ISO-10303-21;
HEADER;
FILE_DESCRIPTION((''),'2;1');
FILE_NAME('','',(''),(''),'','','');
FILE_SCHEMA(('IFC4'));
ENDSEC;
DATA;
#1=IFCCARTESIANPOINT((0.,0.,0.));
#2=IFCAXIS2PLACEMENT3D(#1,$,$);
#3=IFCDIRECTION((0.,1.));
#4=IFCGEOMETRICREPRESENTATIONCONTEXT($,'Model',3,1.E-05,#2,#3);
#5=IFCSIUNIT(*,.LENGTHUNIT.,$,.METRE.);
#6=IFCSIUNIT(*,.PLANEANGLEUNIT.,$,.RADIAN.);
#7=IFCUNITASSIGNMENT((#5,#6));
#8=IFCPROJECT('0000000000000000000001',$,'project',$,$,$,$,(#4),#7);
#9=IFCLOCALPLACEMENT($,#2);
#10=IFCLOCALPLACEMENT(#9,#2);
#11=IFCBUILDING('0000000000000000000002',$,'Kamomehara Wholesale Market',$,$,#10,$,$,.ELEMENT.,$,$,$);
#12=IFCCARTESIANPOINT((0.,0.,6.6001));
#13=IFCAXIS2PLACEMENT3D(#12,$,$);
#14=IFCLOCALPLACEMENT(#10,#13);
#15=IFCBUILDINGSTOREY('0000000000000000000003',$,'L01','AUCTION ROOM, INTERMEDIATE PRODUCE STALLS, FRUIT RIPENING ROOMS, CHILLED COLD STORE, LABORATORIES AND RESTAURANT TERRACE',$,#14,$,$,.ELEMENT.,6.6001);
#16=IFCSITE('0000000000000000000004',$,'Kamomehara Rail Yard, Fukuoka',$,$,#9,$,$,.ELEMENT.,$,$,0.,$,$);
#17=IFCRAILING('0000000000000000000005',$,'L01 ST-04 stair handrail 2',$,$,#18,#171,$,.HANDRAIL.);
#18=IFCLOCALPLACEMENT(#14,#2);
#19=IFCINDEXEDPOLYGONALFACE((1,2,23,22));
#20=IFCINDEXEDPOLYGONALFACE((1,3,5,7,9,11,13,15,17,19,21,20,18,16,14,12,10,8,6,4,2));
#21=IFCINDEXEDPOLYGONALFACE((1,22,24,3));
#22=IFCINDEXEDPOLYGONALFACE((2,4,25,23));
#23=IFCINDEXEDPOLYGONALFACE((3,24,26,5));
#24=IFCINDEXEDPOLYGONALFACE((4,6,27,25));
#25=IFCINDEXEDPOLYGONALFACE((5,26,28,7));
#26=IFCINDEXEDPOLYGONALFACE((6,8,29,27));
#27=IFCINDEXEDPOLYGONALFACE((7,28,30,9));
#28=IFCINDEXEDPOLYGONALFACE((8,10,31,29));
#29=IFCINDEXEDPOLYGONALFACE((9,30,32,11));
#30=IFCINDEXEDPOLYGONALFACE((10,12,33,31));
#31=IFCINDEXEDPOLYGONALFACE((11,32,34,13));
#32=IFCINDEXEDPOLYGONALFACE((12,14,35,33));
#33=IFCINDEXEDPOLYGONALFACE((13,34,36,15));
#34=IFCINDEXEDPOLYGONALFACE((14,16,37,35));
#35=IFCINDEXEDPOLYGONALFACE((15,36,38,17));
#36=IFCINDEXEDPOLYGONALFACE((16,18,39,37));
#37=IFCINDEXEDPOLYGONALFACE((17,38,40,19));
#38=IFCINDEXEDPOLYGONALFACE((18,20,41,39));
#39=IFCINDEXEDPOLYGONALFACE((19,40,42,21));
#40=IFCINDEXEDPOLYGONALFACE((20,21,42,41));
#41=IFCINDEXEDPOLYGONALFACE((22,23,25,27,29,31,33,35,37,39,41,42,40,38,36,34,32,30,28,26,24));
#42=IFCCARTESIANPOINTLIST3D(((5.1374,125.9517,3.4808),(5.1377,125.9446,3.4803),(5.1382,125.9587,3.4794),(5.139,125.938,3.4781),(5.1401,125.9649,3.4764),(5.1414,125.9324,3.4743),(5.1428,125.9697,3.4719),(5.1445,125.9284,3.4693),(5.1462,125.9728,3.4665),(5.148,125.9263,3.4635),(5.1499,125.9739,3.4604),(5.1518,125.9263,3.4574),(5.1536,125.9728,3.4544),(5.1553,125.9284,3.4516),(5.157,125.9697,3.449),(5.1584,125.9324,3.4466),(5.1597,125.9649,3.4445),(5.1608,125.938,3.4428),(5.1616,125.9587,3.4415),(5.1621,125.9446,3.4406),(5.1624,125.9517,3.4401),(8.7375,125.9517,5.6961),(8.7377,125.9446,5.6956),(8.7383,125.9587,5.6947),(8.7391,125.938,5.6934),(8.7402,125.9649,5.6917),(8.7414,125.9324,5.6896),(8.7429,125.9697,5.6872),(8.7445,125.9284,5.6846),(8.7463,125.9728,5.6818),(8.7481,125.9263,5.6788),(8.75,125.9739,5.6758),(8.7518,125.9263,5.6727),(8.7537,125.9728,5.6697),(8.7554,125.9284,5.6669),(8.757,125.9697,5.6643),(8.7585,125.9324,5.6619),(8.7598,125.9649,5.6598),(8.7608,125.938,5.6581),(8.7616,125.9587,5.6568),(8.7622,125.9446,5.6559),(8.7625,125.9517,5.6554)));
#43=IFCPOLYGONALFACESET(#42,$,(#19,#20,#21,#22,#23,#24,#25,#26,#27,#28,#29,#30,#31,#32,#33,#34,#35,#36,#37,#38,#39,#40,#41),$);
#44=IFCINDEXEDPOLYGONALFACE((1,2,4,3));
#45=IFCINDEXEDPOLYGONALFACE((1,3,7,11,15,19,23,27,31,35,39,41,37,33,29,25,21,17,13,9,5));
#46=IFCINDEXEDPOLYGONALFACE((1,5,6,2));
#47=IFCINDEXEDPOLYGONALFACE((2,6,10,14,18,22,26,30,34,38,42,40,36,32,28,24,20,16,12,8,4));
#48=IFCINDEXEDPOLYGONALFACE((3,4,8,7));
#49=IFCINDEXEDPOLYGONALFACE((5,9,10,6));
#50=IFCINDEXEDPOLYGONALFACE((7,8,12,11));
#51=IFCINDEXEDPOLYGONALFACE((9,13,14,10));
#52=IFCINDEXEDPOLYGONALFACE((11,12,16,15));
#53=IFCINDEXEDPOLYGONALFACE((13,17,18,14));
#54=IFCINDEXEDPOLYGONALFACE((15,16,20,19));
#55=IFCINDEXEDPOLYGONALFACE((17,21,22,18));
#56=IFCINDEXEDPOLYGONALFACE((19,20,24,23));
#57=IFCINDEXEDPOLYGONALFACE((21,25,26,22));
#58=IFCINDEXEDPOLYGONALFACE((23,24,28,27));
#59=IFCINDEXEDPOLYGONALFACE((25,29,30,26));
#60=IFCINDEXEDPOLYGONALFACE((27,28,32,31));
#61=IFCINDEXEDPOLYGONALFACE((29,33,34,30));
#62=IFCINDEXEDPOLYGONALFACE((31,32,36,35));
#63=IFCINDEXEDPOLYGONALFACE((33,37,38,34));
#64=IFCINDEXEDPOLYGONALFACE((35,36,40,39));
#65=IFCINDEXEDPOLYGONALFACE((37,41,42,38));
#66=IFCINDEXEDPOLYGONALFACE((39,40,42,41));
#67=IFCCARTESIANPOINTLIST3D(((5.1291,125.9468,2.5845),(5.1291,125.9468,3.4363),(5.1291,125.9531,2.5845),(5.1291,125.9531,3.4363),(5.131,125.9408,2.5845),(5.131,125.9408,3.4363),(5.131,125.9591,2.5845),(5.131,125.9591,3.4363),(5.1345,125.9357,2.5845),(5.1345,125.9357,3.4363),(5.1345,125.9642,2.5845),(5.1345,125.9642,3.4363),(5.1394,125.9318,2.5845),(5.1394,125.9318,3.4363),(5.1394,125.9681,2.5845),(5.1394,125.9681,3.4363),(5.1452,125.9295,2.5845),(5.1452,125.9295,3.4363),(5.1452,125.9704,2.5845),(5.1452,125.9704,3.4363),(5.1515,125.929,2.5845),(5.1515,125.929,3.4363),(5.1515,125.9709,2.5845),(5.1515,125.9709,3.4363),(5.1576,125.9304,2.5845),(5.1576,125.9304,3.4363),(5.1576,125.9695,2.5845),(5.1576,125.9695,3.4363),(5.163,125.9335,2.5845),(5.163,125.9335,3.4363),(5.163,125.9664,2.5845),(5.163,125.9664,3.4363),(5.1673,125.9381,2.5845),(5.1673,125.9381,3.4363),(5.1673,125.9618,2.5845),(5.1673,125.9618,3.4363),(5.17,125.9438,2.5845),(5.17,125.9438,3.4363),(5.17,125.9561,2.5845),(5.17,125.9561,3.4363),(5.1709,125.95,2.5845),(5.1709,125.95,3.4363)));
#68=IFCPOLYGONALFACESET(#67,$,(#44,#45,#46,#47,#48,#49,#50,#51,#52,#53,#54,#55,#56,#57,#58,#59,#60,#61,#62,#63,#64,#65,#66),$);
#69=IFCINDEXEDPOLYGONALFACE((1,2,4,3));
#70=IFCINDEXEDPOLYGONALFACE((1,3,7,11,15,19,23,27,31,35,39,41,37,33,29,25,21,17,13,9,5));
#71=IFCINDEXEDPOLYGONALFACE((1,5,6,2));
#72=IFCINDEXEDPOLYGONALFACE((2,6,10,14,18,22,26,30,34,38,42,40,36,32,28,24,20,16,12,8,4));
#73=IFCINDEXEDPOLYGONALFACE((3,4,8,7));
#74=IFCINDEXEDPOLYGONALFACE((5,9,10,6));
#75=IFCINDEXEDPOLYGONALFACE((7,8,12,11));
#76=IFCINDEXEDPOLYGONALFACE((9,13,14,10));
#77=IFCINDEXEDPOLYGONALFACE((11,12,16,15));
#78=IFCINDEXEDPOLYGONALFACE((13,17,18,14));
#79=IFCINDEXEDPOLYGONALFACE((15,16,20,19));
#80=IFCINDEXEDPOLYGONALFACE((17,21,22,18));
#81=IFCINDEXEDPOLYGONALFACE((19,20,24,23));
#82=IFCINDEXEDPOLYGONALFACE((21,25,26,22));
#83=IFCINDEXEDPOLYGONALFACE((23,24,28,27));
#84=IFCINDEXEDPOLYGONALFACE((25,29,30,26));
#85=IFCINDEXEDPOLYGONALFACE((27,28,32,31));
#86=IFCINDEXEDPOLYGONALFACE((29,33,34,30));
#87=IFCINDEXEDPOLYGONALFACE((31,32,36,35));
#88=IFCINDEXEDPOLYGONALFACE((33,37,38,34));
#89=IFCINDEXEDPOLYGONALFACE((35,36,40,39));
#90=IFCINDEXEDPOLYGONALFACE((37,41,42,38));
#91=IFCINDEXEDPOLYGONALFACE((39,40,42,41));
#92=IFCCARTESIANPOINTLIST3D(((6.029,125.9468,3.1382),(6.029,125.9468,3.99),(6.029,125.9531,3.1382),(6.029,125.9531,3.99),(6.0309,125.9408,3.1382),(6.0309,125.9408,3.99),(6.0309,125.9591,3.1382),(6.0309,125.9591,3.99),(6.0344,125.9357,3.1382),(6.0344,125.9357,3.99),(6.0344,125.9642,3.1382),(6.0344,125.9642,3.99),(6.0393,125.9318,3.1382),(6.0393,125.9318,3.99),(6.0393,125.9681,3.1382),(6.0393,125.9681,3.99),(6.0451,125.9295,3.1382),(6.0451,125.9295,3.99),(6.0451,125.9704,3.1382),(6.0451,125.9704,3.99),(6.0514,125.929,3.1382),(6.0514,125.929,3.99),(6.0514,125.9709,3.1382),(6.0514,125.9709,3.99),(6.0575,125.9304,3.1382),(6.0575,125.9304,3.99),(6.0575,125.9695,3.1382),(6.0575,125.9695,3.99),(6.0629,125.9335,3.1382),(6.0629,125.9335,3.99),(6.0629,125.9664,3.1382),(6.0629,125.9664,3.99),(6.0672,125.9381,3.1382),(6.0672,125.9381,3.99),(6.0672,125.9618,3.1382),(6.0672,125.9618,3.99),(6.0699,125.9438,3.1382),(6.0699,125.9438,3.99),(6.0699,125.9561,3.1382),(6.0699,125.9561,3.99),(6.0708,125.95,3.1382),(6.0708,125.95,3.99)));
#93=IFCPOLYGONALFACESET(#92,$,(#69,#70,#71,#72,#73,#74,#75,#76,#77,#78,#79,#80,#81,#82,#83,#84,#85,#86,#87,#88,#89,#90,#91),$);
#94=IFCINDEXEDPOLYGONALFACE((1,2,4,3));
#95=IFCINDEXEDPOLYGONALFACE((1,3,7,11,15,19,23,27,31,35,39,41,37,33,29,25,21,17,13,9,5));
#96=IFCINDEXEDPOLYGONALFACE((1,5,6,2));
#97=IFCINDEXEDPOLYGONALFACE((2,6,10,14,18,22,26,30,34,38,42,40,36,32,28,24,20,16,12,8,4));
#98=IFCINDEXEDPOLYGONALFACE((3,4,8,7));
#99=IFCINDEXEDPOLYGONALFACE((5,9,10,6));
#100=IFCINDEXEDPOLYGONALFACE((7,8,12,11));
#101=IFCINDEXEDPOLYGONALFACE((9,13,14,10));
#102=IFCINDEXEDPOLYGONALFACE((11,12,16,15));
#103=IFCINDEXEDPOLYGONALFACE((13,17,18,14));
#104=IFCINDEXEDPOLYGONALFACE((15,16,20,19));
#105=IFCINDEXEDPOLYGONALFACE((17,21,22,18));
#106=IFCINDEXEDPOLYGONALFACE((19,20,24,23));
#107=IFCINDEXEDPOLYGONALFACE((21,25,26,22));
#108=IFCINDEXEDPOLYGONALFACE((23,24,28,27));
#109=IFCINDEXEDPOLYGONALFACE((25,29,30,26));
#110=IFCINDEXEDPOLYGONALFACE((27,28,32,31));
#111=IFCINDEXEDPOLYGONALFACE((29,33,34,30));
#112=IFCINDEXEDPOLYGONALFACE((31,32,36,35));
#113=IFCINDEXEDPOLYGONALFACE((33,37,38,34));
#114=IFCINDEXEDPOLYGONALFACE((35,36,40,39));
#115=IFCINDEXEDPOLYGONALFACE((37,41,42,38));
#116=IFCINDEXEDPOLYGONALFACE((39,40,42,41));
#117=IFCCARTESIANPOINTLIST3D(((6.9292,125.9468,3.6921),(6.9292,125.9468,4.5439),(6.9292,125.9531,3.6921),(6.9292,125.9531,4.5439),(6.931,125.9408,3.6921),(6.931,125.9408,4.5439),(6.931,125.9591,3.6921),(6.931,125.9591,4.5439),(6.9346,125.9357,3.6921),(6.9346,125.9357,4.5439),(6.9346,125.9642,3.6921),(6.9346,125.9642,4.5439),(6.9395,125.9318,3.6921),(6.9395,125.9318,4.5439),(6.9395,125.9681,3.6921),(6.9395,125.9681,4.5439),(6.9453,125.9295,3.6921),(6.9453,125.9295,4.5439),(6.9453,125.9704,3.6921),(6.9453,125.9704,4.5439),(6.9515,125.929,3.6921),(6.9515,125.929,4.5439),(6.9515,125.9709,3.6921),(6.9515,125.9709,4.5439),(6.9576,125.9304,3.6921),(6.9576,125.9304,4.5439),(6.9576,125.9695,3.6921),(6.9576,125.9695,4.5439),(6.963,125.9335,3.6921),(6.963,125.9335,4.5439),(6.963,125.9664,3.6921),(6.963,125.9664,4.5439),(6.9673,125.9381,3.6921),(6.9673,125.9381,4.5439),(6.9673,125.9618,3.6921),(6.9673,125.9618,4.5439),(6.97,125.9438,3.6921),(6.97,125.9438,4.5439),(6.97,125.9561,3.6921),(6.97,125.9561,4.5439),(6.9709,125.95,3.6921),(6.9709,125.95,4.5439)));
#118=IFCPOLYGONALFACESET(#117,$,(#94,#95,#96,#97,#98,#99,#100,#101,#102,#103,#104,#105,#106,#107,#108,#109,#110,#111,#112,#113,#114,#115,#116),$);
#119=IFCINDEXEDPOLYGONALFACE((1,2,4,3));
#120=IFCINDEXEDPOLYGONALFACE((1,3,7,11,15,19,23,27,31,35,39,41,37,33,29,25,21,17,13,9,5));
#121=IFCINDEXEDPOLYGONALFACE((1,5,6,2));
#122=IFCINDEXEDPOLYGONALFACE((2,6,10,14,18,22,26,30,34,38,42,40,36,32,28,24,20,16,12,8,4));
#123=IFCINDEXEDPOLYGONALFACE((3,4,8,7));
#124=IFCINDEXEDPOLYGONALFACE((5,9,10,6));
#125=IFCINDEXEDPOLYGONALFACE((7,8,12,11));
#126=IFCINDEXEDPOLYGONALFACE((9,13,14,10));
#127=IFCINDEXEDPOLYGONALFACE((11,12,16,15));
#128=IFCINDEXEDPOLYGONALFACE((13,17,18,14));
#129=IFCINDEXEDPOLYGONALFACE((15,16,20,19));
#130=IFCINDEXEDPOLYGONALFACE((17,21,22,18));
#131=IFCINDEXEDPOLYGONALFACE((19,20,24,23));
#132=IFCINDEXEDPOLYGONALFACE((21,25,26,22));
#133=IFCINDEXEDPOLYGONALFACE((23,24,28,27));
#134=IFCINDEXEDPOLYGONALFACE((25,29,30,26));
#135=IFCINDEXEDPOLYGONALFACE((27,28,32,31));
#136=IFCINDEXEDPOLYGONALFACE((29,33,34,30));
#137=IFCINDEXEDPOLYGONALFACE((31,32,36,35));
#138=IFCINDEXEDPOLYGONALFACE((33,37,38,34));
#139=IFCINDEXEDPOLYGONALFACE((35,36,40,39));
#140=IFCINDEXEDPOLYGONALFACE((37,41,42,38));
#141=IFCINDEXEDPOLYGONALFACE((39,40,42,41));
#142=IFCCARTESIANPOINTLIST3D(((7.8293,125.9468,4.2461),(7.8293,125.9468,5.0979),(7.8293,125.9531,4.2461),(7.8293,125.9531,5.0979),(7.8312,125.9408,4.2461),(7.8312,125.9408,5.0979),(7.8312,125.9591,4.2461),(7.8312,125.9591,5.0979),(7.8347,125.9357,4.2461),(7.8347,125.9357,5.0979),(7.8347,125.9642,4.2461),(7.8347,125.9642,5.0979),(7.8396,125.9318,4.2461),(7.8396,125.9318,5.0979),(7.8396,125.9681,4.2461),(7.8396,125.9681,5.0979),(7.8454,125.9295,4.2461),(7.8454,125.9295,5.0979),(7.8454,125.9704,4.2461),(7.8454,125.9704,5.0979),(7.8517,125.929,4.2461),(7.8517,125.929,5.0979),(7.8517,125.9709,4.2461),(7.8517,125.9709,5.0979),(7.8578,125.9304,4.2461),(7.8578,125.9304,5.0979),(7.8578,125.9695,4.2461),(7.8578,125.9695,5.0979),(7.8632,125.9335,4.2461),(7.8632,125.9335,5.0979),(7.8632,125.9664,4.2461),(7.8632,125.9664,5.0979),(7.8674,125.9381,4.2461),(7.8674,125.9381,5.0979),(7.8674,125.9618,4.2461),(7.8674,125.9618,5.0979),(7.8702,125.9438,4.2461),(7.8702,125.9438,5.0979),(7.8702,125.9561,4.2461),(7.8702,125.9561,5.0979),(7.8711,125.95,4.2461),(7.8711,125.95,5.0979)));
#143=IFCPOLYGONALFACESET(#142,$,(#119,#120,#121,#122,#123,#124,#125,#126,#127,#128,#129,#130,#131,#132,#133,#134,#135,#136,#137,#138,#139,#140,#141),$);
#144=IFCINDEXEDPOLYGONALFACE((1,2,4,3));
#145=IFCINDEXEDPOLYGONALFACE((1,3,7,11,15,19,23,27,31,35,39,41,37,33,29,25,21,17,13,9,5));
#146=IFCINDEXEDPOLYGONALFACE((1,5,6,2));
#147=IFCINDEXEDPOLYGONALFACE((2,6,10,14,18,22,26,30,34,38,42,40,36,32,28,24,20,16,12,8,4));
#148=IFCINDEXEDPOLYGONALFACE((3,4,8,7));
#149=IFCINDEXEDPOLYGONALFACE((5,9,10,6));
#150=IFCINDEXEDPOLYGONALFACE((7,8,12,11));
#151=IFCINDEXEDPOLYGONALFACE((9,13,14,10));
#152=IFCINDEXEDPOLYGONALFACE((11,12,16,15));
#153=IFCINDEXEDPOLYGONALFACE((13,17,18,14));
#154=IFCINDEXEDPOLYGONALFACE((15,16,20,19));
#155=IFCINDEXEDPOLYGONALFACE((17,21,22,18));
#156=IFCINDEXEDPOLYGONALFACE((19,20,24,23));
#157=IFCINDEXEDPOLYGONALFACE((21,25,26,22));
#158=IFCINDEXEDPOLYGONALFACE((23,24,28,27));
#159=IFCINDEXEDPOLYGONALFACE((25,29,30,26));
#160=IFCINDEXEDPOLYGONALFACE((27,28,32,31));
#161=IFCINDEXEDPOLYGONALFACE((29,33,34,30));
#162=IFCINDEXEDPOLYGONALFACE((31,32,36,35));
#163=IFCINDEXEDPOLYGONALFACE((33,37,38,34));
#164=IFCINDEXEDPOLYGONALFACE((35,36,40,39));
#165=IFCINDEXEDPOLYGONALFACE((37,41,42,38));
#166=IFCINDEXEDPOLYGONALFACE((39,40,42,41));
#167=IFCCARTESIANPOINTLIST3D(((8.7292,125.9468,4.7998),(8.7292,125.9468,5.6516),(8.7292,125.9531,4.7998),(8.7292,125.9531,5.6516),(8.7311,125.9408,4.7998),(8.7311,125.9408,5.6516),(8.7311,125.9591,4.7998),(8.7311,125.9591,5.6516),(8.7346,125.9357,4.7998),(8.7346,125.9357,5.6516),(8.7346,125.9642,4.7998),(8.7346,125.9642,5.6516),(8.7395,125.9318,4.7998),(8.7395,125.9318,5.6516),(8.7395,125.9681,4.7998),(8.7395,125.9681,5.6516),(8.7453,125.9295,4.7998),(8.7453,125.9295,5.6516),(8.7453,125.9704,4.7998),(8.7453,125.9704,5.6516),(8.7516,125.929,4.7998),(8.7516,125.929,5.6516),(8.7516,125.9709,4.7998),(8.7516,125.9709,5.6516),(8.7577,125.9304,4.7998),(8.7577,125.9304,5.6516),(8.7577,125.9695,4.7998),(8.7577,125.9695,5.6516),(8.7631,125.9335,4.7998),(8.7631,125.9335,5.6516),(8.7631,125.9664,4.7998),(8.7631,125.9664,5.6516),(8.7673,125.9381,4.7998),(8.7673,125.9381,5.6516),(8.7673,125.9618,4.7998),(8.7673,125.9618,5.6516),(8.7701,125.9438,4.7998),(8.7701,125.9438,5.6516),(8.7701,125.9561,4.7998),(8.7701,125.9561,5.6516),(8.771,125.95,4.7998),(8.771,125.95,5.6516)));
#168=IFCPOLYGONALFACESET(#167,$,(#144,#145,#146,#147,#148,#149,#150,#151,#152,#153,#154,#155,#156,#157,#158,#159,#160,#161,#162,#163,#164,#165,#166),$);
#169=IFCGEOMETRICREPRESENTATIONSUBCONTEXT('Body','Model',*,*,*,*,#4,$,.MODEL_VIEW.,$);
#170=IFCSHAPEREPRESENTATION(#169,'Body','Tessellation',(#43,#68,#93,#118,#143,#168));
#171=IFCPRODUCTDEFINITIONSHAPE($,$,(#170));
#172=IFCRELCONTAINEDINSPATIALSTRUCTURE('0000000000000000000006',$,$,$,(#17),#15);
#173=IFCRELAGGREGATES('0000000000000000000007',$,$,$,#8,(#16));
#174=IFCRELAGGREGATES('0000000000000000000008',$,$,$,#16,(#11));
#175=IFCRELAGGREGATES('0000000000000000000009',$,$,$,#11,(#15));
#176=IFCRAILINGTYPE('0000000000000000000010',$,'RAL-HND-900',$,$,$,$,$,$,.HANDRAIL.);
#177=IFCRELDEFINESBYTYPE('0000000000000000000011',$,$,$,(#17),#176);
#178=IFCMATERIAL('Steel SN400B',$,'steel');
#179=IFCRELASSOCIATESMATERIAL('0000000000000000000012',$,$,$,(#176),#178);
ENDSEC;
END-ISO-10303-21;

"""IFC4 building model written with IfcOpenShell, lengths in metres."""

from ifc_helpers import new_model, si_unit, direction, frame, origin, origin_2d, place, context, subcontext, project, spatial, circle, extrude, material, type_object, element, save


model = new_model("IFC4")

# Units and contexts
model_context = context("Model", 3, precision=1e-05, world=origin(), true_north=direction((0.0, 1.0)))
body_context = subcontext(model_context, "Body", "Model", "MODEL_VIEW")
ifc_project = project(units=[si_unit("LENGTHUNIT", "METRE"), si_unit("PLANEANGLEUNIT", "RADIAN")], contexts=[model_context])

# Site, building, storey
site_placement = place(None, origin())
site = spatial("IfcSite", under=ifc_project, at=site_placement, Name="Kamomehara Rail Yard, Fukuoka", CompositionType="ELEMENT", RefElevation=0.0)
building_placement = place(site_placement, origin())
building = spatial("IfcBuilding", under=site, at=building_placement, Name="Kamomehara Wholesale Market", CompositionType="ELEMENT")
storey_placement = place(building_placement, frame((0.0, 0.0, 6.6001)))
storey = spatial("IfcBuildingStorey", under=building, at=storey_placement, Name="L01", Description="AUCTION ROOM, INTERMEDIATE PRODUCE STALLS, FRUIT RIPENING ROOMS, CHILLED COLD STORE, LABORATORIES AND RESTAURANT TERRACE", CompositionType="ELEMENT", Elevation=6.6001)

# Railing
ifc_material_1 = material(Name="Steel SN400B", Category="steel")
railing_type_1 = type_object("IfcRailingType", Name="RAL-HND-900", PredefinedType="HANDRAIL", material=ifc_material_1)
railing_1_placement = place(storey_placement, frame((5.1499, 125.95, 2.5845)))
element("IfcRailing", 1, at=railing_1_placement, inside=storey, type_object=railing_type_1, Name="L01 ST-04 stair handrail 2", PredefinedType="HANDRAIL", context=body_context, shape_type="SweptSolid", body=[
    extrude(circle(Radius=0.0239, at=origin_2d()), frame((0.0, 0.0, 0.876), z_axis=(0.85167, 0.0, 0.524078), x_axis=(0.0, 1.0, 0.0)), (0.0, 0.0, 1.0), 4.2271),
    extrude(circle(Radius=0.021, at=origin_2d()), origin(), (0.0, 0.0, 1.0), 0.8518),
    extrude(circle(Radius=0.021, at=origin_2d()), frame((0.8999, 0.0, 0.5537)), (0.0, 0.0, 1.0), 0.8518),
    extrude(circle(Radius=0.021, at=origin_2d()), frame((1.8, 0.0, 1.1077)), (0.0, 0.0, 1.0), 0.8518),
    extrude(circle(Radius=0.021, at=origin_2d()), frame((2.7002, 0.0, 1.6616)), (0.0, 0.0, 1.0), 0.8518),
    extrude(circle(Radius=0.021, at=origin_2d()), frame((3.6001, 0.0, 2.2153)), (0.0, 0.0, 1.0), 0.8518),
])

save(model, "model.ifc")
